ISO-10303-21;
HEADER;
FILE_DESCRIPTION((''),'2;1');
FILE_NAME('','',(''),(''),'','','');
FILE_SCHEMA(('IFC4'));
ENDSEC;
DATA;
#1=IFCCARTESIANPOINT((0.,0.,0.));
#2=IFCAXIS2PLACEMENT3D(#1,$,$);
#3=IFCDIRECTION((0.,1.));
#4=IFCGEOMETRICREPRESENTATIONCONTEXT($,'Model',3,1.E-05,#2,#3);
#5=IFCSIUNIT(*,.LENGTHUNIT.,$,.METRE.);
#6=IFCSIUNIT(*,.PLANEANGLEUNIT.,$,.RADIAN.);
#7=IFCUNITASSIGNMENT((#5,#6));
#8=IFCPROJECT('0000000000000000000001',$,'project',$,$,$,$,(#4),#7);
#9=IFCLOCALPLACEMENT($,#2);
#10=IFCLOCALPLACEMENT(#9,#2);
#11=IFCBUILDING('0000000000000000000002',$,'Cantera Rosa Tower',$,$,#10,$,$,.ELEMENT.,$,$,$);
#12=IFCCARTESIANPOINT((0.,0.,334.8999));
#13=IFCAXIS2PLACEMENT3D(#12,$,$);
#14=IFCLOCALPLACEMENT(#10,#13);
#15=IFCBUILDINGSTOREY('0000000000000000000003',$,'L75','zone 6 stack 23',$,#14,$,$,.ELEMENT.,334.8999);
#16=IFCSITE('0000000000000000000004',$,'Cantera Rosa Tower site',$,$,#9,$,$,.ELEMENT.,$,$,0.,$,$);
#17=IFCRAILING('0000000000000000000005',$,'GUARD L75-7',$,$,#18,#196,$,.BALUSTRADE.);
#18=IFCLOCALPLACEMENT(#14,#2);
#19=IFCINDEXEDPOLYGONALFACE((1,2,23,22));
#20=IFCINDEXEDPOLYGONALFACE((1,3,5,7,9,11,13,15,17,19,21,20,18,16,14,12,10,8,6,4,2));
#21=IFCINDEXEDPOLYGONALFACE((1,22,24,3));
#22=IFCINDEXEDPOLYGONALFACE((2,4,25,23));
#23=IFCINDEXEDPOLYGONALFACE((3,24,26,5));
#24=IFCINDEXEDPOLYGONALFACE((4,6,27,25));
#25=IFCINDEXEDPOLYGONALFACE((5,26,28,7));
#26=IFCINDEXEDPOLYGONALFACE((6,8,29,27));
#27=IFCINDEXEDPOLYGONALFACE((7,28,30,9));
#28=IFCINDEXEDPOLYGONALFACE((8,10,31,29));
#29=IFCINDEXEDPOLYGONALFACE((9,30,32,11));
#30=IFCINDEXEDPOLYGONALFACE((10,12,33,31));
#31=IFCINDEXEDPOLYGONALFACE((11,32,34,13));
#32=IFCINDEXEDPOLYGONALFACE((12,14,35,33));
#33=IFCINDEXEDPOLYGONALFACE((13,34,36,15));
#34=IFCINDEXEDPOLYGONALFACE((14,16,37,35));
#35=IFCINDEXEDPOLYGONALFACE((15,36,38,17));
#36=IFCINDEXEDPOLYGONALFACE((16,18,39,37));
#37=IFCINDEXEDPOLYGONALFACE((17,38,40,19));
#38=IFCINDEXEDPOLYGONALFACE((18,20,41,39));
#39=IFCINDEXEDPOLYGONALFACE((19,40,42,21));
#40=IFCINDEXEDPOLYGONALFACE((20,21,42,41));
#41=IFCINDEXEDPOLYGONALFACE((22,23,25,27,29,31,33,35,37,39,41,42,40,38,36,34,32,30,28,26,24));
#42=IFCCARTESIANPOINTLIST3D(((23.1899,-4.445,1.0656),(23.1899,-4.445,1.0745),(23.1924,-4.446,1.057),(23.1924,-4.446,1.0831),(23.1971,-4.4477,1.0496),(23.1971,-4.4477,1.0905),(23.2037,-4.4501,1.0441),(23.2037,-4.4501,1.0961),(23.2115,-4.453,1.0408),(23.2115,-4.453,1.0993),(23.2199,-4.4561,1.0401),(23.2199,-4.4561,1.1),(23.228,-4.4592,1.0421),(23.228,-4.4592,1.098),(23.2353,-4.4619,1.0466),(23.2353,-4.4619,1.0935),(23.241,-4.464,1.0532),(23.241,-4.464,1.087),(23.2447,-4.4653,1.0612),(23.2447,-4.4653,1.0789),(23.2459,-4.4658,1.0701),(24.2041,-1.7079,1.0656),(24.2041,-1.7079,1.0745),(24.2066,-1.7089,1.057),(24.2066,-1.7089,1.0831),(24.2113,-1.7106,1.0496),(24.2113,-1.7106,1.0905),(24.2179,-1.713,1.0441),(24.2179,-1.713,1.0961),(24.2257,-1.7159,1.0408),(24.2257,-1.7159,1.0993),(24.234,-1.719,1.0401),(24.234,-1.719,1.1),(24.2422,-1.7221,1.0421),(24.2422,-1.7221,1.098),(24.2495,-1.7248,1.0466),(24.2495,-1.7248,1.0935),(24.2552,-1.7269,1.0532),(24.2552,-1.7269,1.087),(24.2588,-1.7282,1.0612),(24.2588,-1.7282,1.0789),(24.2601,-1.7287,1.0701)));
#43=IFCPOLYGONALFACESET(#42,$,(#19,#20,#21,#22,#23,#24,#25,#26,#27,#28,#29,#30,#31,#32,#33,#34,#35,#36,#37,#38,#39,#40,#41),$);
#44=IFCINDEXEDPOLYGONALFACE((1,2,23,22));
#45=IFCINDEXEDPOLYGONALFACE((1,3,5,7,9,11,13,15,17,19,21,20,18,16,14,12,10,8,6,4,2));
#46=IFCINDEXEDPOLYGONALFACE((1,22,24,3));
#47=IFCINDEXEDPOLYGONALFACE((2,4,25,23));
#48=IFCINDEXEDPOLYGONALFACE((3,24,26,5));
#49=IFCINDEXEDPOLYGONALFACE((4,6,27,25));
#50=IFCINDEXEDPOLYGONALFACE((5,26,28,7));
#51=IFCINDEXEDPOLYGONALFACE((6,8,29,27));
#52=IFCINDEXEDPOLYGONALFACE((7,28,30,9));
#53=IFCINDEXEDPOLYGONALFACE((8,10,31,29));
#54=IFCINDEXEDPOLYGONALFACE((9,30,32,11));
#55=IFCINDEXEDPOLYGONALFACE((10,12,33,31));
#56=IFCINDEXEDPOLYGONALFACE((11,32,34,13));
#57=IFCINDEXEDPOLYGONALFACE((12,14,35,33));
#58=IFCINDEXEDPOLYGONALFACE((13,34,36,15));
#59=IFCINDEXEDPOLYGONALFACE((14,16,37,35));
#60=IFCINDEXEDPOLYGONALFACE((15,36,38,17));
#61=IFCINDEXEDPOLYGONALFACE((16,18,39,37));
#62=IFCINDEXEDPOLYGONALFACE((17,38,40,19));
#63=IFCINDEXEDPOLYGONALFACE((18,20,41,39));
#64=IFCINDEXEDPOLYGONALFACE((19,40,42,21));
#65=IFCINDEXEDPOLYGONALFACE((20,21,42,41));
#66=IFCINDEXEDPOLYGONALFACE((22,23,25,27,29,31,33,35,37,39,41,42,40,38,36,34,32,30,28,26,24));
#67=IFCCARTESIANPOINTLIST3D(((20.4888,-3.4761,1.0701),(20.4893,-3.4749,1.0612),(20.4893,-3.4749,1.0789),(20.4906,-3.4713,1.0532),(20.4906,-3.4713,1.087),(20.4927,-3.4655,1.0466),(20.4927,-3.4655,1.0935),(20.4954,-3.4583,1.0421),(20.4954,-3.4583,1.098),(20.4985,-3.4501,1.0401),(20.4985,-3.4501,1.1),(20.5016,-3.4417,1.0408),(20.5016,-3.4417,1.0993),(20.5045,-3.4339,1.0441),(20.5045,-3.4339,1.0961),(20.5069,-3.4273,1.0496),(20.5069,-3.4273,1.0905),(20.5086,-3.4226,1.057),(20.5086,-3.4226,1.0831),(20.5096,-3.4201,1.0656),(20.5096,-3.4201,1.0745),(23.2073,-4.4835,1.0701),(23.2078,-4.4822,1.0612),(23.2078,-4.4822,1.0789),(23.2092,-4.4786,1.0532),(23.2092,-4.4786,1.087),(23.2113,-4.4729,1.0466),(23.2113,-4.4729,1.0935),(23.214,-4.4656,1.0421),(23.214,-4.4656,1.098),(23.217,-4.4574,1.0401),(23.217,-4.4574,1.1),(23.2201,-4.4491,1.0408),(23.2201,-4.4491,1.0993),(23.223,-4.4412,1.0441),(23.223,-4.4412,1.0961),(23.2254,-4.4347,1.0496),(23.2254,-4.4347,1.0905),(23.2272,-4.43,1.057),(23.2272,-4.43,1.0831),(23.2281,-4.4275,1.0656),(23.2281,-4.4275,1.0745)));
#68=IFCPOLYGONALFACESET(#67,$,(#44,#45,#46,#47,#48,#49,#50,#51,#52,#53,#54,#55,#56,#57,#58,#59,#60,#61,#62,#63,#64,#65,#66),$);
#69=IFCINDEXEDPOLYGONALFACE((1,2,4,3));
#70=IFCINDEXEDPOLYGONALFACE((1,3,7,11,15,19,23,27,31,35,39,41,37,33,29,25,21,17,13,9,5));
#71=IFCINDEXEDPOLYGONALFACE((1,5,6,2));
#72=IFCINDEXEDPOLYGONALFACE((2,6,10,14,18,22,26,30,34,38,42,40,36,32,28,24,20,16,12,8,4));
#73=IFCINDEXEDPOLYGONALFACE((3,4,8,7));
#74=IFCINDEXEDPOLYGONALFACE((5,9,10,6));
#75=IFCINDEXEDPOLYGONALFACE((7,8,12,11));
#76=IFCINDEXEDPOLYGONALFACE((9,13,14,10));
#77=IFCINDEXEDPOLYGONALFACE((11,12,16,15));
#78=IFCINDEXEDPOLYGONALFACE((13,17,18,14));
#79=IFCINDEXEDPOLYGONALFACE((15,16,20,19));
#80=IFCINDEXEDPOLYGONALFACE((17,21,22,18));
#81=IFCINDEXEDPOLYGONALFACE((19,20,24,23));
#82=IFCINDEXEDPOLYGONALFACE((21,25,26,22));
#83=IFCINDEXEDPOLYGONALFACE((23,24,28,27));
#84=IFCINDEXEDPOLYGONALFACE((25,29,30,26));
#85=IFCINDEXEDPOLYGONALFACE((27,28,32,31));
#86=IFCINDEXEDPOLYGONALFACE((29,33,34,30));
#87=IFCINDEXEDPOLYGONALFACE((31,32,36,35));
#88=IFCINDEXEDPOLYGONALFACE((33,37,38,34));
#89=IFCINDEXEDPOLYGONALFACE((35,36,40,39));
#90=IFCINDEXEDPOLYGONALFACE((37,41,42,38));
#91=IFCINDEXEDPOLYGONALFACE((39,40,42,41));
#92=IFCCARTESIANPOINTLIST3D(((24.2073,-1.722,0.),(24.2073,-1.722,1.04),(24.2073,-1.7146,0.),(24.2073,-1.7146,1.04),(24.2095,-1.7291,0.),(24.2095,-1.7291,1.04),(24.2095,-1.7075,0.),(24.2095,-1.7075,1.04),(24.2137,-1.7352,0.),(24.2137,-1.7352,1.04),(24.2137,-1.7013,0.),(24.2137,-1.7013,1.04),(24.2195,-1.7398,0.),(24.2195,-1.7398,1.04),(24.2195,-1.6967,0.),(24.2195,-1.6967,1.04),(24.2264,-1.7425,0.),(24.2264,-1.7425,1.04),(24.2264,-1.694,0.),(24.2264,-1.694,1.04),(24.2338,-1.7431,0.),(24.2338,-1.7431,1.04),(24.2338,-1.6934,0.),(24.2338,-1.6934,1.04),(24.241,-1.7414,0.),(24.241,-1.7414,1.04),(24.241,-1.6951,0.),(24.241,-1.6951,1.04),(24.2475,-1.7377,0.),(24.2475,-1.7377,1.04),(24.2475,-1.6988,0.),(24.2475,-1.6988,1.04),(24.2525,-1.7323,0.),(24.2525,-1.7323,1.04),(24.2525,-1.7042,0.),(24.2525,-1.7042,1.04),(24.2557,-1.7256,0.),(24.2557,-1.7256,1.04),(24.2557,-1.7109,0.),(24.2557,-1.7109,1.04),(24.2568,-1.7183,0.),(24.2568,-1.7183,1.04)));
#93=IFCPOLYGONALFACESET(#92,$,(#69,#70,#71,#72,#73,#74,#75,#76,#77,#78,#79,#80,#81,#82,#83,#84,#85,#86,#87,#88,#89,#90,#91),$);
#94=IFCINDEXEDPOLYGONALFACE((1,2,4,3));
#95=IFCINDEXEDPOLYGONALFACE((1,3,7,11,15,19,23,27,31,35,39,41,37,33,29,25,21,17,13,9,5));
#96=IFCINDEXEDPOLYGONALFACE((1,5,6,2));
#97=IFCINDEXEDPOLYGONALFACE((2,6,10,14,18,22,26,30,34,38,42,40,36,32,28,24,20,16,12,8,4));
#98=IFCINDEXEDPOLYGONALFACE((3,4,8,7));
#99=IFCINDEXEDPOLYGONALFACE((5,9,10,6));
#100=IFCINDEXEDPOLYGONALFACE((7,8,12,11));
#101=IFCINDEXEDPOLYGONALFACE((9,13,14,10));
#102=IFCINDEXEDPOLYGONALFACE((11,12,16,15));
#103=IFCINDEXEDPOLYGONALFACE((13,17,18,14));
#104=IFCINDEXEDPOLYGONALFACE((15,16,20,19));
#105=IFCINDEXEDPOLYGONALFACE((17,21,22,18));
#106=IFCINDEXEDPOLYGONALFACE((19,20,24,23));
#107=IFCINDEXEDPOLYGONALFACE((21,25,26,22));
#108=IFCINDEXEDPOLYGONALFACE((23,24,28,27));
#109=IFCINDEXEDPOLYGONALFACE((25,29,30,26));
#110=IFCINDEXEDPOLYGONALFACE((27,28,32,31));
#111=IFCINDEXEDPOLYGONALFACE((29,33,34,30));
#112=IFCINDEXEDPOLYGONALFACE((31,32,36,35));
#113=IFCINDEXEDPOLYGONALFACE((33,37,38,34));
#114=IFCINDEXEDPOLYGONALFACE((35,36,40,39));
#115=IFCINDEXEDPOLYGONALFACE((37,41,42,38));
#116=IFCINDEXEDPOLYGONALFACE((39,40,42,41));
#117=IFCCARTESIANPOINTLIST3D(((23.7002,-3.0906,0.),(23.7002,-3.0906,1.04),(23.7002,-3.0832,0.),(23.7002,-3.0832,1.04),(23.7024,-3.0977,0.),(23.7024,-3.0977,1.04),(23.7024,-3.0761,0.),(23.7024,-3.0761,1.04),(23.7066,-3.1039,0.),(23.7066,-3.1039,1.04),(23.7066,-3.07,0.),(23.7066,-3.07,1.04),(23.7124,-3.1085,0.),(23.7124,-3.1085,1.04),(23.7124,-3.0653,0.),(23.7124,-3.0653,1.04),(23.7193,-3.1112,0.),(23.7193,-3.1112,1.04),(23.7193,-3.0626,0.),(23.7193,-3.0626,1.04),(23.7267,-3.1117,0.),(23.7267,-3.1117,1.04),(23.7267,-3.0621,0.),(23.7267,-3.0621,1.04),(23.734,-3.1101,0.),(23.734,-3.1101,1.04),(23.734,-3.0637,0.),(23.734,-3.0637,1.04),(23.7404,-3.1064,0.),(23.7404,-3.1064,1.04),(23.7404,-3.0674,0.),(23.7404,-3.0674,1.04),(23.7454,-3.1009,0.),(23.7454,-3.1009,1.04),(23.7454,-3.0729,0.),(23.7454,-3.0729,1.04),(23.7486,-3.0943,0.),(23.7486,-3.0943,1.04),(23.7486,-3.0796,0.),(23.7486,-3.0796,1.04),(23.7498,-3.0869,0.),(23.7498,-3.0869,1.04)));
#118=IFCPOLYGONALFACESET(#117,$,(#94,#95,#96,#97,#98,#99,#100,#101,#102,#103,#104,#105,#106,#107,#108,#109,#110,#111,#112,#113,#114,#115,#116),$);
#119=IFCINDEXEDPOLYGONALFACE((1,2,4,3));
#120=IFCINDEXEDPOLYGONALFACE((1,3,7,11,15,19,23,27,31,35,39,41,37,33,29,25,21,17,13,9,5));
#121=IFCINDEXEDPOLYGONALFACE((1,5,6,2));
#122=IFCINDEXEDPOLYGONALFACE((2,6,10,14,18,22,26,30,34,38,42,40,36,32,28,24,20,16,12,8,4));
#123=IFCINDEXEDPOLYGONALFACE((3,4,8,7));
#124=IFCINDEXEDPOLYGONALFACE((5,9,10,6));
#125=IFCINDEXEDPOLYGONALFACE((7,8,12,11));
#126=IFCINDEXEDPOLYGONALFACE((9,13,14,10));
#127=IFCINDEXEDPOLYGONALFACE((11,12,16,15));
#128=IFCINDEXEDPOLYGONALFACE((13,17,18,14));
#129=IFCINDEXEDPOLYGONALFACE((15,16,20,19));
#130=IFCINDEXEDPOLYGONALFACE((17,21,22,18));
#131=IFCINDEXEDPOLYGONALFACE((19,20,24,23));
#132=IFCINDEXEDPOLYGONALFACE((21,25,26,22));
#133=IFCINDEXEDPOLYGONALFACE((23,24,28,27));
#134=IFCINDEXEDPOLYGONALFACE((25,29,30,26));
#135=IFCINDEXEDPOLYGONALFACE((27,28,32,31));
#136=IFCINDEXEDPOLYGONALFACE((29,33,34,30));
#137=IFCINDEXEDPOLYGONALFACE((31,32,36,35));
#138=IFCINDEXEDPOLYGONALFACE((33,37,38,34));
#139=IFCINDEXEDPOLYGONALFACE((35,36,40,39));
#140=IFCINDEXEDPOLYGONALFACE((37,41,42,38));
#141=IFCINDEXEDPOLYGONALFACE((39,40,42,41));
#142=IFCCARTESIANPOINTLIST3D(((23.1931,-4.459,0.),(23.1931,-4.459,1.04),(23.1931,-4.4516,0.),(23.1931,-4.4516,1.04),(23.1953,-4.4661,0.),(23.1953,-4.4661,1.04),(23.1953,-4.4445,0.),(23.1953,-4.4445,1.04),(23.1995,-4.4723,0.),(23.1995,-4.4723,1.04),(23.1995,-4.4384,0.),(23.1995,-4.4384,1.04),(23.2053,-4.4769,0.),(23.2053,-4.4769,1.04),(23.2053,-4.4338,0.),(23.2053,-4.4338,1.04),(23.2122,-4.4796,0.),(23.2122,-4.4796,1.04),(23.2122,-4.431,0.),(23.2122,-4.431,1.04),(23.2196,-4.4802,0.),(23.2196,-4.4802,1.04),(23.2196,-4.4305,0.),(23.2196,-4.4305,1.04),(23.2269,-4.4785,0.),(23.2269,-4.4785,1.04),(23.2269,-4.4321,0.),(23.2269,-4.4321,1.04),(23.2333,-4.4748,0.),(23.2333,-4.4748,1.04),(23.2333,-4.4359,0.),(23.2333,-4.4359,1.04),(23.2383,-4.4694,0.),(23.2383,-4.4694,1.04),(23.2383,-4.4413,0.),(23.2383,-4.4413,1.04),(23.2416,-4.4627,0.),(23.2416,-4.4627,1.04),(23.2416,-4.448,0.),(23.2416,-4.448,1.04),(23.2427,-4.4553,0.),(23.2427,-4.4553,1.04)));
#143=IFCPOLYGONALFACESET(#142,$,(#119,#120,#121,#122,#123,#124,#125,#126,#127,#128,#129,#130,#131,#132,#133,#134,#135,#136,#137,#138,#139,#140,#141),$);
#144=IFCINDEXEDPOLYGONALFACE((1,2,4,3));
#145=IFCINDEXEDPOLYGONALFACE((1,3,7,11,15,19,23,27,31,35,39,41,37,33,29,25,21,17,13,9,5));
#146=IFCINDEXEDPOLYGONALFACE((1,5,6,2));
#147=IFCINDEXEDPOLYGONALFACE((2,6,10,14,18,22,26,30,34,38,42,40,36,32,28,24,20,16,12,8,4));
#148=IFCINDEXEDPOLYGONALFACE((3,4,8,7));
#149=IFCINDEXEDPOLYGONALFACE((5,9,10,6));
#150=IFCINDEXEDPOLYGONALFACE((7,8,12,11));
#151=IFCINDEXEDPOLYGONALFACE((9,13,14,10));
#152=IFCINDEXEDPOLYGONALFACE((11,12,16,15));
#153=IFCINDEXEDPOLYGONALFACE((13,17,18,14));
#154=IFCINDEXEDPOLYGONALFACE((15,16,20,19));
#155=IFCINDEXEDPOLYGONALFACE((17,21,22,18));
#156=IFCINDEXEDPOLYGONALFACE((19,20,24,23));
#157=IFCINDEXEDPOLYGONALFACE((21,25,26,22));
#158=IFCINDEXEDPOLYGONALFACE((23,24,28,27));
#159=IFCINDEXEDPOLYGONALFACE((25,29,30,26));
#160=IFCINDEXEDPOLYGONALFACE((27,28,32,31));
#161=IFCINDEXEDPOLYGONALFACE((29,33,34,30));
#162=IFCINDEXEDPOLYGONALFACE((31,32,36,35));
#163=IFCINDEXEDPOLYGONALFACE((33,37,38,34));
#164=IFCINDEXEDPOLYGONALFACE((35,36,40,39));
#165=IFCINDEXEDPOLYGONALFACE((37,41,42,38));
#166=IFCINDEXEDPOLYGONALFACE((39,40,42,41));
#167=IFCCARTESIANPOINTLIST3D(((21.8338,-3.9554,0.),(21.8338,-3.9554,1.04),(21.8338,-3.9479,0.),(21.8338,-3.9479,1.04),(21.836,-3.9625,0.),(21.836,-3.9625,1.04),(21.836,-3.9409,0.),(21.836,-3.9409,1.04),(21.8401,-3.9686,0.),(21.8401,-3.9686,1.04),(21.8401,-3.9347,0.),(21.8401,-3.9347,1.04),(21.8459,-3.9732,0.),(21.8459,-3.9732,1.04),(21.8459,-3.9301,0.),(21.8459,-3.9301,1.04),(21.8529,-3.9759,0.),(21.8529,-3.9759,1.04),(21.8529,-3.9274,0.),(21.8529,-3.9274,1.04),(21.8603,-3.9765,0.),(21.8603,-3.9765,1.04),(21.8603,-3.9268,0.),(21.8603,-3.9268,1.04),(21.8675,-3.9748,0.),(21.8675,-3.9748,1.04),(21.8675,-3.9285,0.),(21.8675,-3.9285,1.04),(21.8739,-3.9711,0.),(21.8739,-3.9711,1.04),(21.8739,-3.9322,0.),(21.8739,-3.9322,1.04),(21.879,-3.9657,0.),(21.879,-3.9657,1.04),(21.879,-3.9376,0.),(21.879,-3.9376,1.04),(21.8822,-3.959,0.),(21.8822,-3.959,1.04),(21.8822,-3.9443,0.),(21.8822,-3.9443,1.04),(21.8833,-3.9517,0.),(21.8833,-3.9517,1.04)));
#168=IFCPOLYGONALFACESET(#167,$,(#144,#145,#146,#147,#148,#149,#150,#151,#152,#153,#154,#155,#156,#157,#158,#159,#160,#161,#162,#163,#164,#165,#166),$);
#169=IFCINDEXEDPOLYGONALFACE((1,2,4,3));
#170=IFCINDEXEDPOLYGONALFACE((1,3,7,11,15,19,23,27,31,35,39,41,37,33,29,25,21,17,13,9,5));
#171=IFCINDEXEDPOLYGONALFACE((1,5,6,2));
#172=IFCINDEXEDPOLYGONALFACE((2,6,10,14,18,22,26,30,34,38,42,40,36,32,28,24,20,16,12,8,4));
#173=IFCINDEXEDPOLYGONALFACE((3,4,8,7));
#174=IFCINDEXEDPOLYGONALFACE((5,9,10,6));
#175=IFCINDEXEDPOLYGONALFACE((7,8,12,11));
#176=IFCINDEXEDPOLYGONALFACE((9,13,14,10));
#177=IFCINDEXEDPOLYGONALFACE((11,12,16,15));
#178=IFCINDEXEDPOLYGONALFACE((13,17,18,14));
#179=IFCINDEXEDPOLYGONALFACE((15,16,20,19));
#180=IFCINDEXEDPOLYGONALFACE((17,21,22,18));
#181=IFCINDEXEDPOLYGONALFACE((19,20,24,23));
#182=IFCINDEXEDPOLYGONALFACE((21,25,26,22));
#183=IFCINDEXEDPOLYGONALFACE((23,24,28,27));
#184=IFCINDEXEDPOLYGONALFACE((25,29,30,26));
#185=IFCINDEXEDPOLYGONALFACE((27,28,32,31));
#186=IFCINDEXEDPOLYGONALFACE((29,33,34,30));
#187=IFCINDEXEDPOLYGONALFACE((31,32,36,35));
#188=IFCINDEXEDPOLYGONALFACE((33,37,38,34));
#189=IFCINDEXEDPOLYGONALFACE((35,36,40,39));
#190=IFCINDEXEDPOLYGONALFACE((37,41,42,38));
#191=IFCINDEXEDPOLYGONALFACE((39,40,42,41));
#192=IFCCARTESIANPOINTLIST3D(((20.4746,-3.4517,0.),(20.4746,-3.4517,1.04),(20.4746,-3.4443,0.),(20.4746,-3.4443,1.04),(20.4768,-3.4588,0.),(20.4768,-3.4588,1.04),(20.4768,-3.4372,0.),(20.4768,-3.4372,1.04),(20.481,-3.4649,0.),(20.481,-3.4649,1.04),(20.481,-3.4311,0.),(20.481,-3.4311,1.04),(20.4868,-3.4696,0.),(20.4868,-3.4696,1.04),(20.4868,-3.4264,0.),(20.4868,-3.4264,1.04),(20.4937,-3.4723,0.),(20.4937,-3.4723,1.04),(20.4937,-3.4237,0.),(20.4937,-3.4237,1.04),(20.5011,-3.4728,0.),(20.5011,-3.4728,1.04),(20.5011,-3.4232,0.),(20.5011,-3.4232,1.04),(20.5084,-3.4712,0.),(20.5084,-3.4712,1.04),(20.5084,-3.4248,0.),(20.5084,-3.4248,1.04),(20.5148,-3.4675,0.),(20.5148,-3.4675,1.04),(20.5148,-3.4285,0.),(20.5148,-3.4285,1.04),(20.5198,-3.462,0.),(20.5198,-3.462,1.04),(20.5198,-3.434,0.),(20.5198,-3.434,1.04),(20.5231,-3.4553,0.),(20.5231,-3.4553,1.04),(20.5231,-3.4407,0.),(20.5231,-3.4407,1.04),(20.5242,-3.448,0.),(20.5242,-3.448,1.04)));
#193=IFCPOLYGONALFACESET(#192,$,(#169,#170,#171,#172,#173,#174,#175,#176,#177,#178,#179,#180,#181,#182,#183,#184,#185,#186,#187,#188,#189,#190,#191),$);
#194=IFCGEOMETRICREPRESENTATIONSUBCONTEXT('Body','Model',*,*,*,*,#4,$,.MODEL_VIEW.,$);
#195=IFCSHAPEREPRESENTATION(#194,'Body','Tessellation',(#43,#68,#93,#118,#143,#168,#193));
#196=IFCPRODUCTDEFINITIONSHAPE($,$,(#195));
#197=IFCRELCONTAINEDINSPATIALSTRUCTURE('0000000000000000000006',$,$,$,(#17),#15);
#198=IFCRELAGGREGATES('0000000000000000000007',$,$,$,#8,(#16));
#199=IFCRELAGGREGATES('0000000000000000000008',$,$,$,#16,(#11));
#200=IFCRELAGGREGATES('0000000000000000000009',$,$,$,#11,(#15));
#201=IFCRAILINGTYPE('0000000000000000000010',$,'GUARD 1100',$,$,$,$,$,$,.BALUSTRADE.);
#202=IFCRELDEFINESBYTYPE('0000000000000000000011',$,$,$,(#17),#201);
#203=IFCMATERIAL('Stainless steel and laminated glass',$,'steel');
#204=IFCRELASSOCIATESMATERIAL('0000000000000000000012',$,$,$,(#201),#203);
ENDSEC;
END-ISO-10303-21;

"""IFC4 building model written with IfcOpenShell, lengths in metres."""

from ifc_helpers import new_model, si_unit, direction, frame, origin, origin_2d, place, context, subcontext, project, spatial, circle, extrude, material, type_object, element, save


model = new_model("IFC4")

# Units and contexts
model_context = context("Model", 3, precision=1e-05, world=origin(), true_north=direction((0.0, 1.0)))
body_context = subcontext(model_context, "Body", "Model", "MODEL_VIEW")
ifc_project = project(units=[si_unit("LENGTHUNIT", "METRE"), si_unit("PLANEANGLEUNIT", "RADIAN")], contexts=[model_context])

# Site, building, storey
site_placement = place(None, origin())
site = spatial("IfcSite", under=ifc_project, at=site_placement, Name="Cantera Rosa Tower site", CompositionType="ELEMENT", RefElevation=0.0)
building_placement = place(site_placement, origin())
building = spatial("IfcBuilding", under=site, at=building_placement, Name="Cantera Rosa Tower", CompositionType="ELEMENT")
storey_placement = place(building_placement, frame((0.0, 0.0, 334.8999)))
storey = spatial("IfcBuildingStorey", under=building, at=storey_placement, Name="L75", Description="zone 6 stack 23", CompositionType="ELEMENT", Elevation=334.8999)

# Railing
ifc_material_1 = material(Name="Stainless steel and laminated glass", Category="steel")
railing_type_1 = type_object("IfcRailingType", Name="GUARD 1100", PredefinedType="BALUSTRADE", material=ifc_material_1)
railing_1_placement = place(storey_placement, frame((24.2319, -1.7183, 0.0)))
element("IfcRailing", 1, at=railing_1_placement, inside=storey, type_object=railing_type_1, Name="GUARD L75-7", PredefinedType="BALUSTRADE", context=body_context, shape_type="SweptSolid", body=[
    extrude(circle(Radius=0.03, at=origin_2d()), frame((0.0, 0.0, 1.0701), z_axis=(-0.347445, -0.9377, 0.0), x_axis=(0.9377, -0.347445, 0.0)), (0.0, 0.0, 1.0), 2.9189),
    extrude(circle(Radius=0.03, at=origin_2d()), frame((-1.0142, -2.7371, 1.0701), z_axis=(-0.937696, 0.347457, 0.0), x_axis=(-0.347457, -0.937696, 0.0)), (0.0, 0.0, 1.0), 2.8992),
    extrude(circle(Radius=0.0249, at=origin_2d()), origin(), (0.0, 0.0, 1.0), 1.04),
    extrude(circle(Radius=0.0249, at=origin_2d()), frame((-0.5071, -1.3687, 0.0)), (0.0, 0.0, 1.0), 1.04),
    extrude(circle(Radius=0.0249, at=origin_2d()), frame((-1.0142, -2.7371, 0.0)), (0.0, 0.0, 1.0), 1.04),
    extrude(circle(Radius=0.0249, at=origin_2d()), frame((-2.3735, -2.2334, 0.0)), (0.0, 0.0, 1.0), 1.04),
    extrude(circle(Radius=0.0249, at=origin_2d()), frame((-3.7327, -1.7297, 0.0)), (0.0, 0.0, 1.0), 1.04),
])

save(model, "model.ifc")
